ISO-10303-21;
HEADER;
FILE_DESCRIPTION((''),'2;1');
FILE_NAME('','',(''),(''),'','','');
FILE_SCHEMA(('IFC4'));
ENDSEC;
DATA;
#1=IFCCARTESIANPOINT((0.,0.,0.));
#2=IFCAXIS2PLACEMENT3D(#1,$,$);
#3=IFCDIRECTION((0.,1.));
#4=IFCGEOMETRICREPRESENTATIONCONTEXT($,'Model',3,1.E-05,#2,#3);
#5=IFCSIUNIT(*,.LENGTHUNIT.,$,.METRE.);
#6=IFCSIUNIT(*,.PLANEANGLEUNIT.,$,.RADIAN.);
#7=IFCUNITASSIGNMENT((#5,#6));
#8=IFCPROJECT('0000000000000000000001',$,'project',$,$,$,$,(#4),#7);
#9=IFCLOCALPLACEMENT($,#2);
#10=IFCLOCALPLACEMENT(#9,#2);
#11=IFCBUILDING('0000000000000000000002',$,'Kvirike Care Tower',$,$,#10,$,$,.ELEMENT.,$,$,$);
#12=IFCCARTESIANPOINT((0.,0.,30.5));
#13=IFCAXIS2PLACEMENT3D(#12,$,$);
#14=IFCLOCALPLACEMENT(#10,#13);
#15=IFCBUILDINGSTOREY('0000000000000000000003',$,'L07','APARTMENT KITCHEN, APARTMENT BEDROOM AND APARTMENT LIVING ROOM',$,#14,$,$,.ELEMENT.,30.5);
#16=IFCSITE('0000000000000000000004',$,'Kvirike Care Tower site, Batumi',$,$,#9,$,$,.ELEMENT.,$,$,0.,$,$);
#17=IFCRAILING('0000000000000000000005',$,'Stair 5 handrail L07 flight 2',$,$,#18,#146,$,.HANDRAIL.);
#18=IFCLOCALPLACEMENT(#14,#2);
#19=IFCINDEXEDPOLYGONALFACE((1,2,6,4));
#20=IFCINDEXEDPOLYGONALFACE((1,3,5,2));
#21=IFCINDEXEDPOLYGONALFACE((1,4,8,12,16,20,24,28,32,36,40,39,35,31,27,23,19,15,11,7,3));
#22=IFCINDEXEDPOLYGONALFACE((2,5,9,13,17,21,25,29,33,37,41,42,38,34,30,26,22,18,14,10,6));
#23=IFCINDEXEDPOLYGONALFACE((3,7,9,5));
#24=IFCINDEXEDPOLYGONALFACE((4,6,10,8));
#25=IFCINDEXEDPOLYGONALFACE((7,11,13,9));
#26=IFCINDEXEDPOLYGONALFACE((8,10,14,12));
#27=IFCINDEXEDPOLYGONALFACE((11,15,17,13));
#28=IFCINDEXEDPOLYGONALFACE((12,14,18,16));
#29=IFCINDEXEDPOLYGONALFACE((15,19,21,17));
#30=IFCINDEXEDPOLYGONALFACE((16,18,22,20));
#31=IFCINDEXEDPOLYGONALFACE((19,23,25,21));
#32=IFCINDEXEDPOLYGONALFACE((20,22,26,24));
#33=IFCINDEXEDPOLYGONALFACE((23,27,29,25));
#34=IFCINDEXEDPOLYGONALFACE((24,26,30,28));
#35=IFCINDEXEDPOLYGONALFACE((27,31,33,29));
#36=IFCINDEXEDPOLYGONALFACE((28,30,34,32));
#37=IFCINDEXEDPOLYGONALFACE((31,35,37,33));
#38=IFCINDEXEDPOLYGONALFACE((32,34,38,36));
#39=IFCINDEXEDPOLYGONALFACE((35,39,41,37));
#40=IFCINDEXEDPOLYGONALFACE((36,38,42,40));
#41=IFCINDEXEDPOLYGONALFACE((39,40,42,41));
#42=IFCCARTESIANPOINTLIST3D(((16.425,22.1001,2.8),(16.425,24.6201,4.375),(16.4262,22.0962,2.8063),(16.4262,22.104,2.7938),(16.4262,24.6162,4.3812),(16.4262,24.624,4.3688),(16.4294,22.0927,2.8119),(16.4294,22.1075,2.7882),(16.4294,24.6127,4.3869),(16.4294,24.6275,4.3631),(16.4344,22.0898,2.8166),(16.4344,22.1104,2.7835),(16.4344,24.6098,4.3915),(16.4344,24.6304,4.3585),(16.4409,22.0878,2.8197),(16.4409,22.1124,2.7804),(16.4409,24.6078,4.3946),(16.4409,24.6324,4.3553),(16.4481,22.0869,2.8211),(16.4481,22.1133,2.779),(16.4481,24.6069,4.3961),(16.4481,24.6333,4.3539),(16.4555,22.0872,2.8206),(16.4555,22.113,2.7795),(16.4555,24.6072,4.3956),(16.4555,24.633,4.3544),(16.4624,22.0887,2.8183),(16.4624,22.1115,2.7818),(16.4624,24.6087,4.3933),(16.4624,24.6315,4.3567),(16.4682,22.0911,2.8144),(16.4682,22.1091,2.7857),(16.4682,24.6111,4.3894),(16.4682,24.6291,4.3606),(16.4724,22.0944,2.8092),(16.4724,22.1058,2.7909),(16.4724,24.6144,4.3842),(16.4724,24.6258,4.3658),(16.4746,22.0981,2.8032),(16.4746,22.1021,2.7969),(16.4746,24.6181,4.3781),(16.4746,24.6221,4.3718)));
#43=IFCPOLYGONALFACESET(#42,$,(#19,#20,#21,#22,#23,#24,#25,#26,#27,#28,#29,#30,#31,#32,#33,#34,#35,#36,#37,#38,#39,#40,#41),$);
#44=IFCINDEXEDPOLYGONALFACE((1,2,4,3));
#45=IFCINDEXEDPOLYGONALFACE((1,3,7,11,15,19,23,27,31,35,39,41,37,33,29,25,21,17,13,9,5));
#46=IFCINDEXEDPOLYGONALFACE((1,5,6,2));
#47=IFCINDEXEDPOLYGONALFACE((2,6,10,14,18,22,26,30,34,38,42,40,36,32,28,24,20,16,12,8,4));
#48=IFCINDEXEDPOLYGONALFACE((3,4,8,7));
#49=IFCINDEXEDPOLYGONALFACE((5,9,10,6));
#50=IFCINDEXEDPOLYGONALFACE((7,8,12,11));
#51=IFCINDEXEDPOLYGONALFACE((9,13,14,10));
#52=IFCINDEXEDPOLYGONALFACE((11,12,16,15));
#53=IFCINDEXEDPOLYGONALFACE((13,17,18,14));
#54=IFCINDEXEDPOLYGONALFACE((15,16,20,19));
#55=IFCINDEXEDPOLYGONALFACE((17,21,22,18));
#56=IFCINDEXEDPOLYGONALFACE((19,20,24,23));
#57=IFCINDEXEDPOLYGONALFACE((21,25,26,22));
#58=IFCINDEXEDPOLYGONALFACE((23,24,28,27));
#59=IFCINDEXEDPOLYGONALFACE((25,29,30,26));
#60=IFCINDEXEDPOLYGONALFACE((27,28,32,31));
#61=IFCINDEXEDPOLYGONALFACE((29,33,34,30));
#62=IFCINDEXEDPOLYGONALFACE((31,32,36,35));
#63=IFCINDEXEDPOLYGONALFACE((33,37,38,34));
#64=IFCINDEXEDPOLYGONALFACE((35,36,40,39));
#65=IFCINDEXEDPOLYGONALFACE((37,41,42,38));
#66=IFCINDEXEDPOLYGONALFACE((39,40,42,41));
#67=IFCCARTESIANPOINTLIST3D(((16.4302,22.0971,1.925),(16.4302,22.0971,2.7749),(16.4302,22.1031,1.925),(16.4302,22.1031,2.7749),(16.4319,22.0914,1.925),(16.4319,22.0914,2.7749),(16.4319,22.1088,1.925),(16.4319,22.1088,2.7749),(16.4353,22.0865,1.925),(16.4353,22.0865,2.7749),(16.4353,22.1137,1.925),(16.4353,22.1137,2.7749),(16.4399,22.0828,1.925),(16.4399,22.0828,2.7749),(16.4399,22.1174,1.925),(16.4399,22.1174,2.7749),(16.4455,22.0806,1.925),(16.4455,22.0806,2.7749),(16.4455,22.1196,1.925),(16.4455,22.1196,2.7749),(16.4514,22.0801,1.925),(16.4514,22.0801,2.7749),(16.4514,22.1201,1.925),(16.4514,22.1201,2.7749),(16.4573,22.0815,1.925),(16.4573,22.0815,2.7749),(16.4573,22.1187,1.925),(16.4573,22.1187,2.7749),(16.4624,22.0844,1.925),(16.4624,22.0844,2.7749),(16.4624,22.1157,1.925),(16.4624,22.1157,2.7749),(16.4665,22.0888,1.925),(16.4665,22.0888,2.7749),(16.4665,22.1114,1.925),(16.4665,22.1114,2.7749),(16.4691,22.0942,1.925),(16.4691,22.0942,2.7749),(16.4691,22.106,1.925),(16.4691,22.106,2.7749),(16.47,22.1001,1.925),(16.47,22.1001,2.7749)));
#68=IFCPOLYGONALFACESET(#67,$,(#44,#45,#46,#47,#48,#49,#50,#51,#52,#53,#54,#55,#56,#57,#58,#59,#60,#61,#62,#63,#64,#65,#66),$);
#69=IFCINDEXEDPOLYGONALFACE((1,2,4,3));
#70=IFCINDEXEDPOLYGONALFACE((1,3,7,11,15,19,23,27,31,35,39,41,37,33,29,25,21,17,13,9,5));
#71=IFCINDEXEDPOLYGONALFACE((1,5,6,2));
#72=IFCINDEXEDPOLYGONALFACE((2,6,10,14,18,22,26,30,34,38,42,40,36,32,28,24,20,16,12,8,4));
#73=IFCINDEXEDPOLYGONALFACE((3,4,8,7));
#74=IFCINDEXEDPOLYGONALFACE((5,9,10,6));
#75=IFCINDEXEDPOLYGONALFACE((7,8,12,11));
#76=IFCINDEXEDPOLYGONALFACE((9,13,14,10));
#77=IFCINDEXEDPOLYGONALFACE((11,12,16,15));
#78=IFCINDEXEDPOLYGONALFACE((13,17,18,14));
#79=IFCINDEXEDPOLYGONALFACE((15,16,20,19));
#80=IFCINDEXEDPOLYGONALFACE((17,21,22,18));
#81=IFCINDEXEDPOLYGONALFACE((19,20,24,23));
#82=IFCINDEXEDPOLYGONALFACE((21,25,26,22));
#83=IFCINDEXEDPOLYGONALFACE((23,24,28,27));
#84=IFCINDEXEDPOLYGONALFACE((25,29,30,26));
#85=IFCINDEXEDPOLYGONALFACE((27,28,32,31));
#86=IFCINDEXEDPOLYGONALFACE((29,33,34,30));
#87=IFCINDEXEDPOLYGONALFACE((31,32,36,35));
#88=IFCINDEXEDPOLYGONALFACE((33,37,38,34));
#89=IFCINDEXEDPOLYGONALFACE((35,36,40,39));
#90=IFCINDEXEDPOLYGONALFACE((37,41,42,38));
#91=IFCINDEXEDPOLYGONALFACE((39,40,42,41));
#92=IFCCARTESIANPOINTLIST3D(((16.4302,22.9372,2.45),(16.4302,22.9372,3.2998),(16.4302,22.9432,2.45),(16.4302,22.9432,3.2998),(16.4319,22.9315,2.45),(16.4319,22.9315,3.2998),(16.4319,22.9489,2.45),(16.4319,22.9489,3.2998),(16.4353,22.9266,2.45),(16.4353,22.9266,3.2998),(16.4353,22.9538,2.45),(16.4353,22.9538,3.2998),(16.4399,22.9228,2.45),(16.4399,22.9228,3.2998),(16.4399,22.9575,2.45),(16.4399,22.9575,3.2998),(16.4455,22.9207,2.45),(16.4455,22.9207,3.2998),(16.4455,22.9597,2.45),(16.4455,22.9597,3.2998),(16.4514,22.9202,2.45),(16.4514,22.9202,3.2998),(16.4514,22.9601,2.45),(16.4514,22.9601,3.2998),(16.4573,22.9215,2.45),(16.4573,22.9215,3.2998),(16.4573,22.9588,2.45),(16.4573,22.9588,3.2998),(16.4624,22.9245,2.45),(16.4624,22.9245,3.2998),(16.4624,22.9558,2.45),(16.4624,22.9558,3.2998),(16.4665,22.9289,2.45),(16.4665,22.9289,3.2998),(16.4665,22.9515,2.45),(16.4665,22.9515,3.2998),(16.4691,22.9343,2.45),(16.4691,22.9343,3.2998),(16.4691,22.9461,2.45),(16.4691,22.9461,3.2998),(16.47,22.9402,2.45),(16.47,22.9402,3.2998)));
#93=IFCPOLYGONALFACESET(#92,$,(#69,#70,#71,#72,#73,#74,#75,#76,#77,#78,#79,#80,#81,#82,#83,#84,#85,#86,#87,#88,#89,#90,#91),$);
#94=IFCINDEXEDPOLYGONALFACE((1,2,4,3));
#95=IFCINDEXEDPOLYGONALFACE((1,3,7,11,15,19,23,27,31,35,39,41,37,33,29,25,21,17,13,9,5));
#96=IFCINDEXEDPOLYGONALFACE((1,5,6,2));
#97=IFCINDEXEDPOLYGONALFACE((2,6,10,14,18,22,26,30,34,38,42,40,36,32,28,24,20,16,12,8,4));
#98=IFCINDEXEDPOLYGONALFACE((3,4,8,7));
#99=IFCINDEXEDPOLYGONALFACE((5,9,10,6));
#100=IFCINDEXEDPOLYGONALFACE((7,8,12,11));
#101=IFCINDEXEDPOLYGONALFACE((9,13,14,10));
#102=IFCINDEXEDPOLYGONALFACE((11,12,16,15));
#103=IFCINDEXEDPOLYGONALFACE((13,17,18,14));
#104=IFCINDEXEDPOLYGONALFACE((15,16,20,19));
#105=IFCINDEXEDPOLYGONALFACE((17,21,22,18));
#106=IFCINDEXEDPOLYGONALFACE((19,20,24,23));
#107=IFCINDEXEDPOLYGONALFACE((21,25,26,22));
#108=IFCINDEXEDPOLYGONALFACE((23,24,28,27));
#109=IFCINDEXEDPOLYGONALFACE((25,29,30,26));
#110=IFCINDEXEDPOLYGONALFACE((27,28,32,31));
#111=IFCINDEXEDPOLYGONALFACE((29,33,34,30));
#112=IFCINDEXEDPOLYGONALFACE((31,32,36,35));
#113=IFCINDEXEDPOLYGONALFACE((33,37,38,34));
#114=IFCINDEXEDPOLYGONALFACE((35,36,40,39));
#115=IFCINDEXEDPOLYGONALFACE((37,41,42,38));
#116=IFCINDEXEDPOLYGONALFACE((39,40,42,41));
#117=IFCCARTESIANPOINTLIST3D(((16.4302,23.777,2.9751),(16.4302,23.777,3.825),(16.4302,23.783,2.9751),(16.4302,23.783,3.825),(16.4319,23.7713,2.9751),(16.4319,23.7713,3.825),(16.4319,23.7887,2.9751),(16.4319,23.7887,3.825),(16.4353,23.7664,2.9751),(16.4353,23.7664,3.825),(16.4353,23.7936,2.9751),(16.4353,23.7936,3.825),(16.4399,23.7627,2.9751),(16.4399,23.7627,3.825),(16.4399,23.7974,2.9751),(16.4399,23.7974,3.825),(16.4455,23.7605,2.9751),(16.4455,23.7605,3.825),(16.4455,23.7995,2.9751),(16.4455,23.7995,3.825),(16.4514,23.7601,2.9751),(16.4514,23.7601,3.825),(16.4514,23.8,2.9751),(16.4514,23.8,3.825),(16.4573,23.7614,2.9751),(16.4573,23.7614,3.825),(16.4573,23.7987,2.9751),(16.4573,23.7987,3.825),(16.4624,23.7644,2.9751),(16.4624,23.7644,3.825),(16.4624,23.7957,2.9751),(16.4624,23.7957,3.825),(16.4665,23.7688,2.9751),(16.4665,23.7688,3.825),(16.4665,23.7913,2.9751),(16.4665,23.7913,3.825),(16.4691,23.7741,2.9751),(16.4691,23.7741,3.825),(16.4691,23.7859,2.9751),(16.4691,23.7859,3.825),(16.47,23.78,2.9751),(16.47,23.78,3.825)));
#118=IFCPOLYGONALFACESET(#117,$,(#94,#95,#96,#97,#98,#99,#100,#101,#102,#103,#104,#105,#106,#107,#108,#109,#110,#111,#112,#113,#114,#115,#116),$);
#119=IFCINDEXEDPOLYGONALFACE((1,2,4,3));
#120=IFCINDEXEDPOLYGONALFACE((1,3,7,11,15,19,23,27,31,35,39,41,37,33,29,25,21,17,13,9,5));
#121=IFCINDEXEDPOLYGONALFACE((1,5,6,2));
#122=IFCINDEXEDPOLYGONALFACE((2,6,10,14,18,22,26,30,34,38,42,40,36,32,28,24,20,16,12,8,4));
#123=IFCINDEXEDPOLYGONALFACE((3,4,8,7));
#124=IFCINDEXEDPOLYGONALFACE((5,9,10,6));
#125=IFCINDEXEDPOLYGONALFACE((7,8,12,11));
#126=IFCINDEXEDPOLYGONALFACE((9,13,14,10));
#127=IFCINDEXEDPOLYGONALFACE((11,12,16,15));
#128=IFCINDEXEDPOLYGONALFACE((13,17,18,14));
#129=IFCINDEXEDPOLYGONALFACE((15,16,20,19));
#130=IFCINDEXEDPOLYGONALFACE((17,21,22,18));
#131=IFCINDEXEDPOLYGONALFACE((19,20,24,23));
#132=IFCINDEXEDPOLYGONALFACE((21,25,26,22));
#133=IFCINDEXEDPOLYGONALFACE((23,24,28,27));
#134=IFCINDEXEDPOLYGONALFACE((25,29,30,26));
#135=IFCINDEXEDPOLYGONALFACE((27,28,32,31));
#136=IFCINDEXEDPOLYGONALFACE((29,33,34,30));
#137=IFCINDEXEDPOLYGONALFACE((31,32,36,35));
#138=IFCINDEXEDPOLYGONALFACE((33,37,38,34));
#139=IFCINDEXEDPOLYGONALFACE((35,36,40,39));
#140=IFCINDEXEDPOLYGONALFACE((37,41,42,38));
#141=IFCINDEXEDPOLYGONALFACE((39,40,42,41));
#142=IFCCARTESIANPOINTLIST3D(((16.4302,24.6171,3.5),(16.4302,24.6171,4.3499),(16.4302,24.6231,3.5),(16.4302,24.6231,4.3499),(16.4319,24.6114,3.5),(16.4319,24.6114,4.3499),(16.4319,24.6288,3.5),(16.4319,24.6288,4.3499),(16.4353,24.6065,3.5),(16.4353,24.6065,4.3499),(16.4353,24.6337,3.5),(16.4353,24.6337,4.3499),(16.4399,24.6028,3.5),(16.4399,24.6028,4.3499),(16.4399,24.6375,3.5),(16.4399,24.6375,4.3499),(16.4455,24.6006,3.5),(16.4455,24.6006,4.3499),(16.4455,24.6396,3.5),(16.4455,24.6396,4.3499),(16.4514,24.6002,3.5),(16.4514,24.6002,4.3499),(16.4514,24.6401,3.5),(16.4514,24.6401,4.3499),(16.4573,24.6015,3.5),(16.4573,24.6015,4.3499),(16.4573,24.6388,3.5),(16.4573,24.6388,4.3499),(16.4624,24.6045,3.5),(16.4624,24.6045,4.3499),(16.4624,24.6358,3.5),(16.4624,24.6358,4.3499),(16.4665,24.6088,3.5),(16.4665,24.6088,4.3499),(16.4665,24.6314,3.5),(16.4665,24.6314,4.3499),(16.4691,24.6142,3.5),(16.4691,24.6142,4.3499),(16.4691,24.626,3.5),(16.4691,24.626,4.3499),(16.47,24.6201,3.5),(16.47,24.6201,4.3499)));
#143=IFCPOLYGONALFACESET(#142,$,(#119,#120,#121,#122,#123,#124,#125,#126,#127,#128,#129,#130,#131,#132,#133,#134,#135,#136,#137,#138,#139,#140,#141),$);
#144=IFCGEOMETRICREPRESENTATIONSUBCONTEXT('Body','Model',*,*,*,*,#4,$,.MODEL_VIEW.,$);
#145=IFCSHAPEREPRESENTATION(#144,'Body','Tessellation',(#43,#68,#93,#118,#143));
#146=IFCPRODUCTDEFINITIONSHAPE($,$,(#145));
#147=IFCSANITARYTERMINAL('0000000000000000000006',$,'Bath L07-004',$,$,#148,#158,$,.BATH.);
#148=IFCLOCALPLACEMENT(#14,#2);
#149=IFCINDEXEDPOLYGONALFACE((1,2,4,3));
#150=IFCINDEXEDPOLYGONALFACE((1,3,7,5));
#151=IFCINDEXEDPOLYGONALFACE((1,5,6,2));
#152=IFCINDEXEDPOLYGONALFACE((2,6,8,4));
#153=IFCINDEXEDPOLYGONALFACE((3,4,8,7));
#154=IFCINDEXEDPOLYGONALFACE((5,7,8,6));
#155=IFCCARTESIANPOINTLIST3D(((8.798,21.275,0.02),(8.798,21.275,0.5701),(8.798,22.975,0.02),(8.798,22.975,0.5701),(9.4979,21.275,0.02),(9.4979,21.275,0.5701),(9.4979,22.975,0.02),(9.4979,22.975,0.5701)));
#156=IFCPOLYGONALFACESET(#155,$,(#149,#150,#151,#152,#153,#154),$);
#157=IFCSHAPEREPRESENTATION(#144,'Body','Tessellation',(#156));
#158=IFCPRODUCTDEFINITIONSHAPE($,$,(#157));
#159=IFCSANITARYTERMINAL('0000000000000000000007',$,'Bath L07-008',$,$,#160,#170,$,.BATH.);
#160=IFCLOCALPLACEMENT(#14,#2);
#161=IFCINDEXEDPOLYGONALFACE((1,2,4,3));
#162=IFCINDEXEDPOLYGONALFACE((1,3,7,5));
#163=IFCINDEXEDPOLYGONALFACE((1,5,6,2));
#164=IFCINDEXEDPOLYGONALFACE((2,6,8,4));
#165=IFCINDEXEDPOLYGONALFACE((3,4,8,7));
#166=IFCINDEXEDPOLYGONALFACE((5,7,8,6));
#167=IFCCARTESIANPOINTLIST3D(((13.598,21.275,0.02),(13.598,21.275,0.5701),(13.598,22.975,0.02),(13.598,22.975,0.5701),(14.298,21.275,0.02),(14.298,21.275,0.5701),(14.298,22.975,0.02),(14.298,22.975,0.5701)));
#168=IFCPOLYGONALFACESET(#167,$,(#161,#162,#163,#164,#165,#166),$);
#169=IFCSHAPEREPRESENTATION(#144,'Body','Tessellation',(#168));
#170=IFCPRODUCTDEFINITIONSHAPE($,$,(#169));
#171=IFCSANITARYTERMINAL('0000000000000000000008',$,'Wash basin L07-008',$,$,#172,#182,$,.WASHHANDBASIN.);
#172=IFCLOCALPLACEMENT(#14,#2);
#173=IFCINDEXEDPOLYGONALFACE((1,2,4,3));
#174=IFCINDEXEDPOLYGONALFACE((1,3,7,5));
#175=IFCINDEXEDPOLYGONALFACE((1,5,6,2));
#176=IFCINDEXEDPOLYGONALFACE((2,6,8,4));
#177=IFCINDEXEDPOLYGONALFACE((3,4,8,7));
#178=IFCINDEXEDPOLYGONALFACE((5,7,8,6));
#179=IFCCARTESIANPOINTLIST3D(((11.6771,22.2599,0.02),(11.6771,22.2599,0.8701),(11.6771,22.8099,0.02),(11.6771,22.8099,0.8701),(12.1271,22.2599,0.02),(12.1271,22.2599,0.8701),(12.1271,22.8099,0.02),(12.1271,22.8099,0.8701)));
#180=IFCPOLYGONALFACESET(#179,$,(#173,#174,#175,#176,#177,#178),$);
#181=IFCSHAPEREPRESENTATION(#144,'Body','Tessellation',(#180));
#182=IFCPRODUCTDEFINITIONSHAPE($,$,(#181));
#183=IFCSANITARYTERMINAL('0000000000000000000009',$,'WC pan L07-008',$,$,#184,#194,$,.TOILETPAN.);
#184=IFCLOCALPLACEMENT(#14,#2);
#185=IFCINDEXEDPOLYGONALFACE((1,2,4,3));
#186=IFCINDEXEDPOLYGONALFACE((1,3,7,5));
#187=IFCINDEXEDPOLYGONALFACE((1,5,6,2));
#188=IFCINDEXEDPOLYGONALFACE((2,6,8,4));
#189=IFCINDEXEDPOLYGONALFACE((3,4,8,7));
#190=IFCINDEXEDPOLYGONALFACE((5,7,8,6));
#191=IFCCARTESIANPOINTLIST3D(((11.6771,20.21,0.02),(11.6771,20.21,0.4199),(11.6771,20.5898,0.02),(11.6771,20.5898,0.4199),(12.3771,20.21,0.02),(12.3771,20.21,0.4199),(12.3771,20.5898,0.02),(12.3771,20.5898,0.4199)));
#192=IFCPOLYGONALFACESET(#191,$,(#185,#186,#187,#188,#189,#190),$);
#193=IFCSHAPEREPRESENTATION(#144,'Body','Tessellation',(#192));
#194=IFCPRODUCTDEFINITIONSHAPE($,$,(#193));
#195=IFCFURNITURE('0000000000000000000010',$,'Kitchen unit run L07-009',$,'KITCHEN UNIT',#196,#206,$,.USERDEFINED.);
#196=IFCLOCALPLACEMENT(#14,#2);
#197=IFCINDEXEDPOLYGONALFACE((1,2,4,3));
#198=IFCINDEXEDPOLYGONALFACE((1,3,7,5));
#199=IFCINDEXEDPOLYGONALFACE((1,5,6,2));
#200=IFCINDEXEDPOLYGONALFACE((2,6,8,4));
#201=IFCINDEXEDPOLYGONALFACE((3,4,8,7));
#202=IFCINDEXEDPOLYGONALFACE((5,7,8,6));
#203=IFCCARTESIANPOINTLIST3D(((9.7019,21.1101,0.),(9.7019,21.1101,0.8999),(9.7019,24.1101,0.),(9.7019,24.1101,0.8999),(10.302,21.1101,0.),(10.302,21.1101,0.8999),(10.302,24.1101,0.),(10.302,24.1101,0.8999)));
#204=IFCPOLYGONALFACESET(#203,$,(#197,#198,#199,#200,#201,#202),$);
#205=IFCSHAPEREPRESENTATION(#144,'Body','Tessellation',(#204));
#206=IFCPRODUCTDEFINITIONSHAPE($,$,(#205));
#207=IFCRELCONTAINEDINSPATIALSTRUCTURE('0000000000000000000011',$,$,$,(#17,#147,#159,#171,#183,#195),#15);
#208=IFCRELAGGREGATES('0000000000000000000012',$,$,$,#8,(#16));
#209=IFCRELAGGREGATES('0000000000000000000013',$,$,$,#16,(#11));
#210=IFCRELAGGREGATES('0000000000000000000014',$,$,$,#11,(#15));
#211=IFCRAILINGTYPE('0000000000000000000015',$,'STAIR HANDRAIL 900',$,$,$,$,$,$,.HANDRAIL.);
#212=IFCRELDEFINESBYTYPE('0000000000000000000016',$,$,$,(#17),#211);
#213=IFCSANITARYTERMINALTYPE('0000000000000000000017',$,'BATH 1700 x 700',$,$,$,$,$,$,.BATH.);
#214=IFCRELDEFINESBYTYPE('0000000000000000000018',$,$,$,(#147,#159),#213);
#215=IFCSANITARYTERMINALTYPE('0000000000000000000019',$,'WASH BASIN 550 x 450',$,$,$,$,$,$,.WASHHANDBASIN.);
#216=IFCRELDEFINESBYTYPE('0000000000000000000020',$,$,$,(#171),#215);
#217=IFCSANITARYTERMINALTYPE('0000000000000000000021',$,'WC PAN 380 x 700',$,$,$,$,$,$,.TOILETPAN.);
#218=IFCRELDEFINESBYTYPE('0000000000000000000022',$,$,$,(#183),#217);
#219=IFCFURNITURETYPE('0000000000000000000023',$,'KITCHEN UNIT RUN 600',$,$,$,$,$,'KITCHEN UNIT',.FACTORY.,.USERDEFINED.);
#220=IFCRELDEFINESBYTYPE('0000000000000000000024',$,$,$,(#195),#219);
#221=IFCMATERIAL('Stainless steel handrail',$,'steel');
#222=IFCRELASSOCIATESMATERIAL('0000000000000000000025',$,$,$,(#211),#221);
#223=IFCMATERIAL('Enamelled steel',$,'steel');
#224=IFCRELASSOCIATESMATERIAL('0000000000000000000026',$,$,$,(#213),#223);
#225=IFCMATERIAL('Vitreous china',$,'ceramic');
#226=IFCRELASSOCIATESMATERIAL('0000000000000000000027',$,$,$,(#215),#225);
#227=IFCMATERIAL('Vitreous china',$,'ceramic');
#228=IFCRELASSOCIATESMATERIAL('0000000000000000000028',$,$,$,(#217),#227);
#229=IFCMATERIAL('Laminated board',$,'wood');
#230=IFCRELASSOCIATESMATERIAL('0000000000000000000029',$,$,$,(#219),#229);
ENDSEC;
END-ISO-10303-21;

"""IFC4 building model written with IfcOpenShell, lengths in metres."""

from ifc_helpers import new_model, si_unit, direction, frame, origin, origin_2d, place, context, subcontext, project, spatial, rectangle, circle, extrude, material, type_object, element, save


model = new_model("IFC4")

# Units and contexts
model_context = context("Model", 3, precision=1e-05, world=origin(), true_north=direction((0.0, 1.0)))
body_context = subcontext(model_context, "Body", "Model", "MODEL_VIEW")
ifc_project = project(units=[si_unit("LENGTHUNIT", "METRE"), si_unit("PLANEANGLEUNIT", "RADIAN")], contexts=[model_context])

# Site, building, storey
site_placement = place(None, origin())
site = spatial("IfcSite", under=ifc_project, at=site_placement, Name="Kvirike Care Tower site, Batumi", CompositionType="ELEMENT", RefElevation=0.0)
building_placement = place(site_placement, origin())
building = spatial("IfcBuilding", under=site, at=building_placement, Name="Kvirike Care Tower", CompositionType="ELEMENT")
storey_placement = place(building_placement, frame((0.0, 0.0, 30.5)))
storey = spatial("IfcBuildingStorey", under=building, at=storey_placement, Name="L07", Description="APARTMENT KITCHEN, APARTMENT BEDROOM AND APARTMENT LIVING ROOM", CompositionType="ELEMENT", Elevation=30.5)

# Railing
ifc_material_1 = material(Name="Stainless steel handrail", Category="steel")
railing_type = type_object("IfcRailingType", Name="STAIR HANDRAIL 900", PredefinedType="HANDRAIL", material=ifc_material_1)
railing_placement = place(storey_placement, frame((16.45, 22.1001, 1.925)))
element("IfcRailing", 1, at=railing_placement, inside=storey, type_object=railing_type, Name="Stair 5 handrail L07 flight 2", PredefinedType="HANDRAIL", context=body_context, shape_type="SweptSolid", body=[
    extrude(circle(Radius=0.0249, at=origin_2d()), frame((0.0, 0.0, 0.875), z_axis=(0.0, 0.848008, 0.529984), x_axis=(-1.0, 0.0, 0.0)), (0.0, 0.0, 1.0), 2.9717),
    extrude(circle(Radius=0.02, at=origin_2d()), origin(), (0.0, 0.0, 1.0), 0.8499),
    extrude(circle(Radius=0.02, at=origin_2d()), frame((0.0, 0.8401, 0.5249)), (0.0, 0.0, 1.0), 0.8499),
    extrude(circle(Radius=0.02, at=origin_2d()), frame((0.0, 1.6799, 1.05)), (0.0, 0.0, 1.0), 0.8499),
    extrude(circle(Radius=0.02, at=origin_2d()), frame((0.0, 2.52, 1.575)), (0.0, 0.0, 1.0), 0.8499),
])

# Sanitary terminals
ifc_material_2 = material(Name="Enamelled steel", Category="steel")
sanitary_terminal_type_1 = type_object("IfcSanitaryTerminalType", Name="BATH 1700 x 700", PredefinedType="BATH", material=ifc_material_2)
for number, where, z_axis, x_axis, name in (
    (2, (9.1479, 22.125, 0.02), (0.0, 0.0, 1.0), (0.0, -1.0, 0.0), "Bath L07-004"),
    (3, (13.948, 22.125, 0.02), (0.0, 0.0, 1.0), (0.0, -1.0, 0.0), "Bath L07-008"),
):
    element("IfcSanitaryTerminal", number, at=place(storey_placement, frame(where, z_axis=z_axis, x_axis=x_axis)), inside=storey, type_object=sanitary_terminal_type_1, Name=name, PredefinedType="BATH", context=body_context, shape_type="SweptSolid", body=[
        extrude(rectangle(XDim=1.7, YDim=0.7, at=origin_2d()), origin(), (0.0, 0.0, 1.0), 0.55),
    ])
ifc_material_3 = material(Name="Vitreous china", Category="ceramic")
sanitary_terminal_type_2 = type_object("IfcSanitaryTerminalType", Name="WASH BASIN 550 x 450", PredefinedType="WASHHANDBASIN", material=ifc_material_3)
sanitary_terminal_1_placement = place(storey_placement, frame((11.9021, 22.5349, 0.02), z_axis=(0.0, 0.0, 1.0), x_axis=(0.0, 1.0, 0.0)))
element("IfcSanitaryTerminal", 4, at=sanitary_terminal_1_placement, inside=storey, type_object=sanitary_terminal_type_2, Name="Wash basin L07-008", PredefinedType="WASHHANDBASIN", context=body_context, shape_type="SweptSolid", body=[
    extrude(rectangle(XDim=0.55, YDim=0.45, at=origin_2d()), origin(), (0.0, 0.0, 1.0), 0.8501),
])
ifc_material_4 = material(Name="Vitreous china", Category="ceramic")
sanitary_terminal_type_3 = type_object("IfcSanitaryTerminalType", Name="WC PAN 380 x 700", PredefinedType="TOILETPAN", material=ifc_material_4)
sanitary_terminal_2_placement = place(storey_placement, frame((12.0271, 20.3999, 0.02), z_axis=(0.0, 0.0, 1.0), x_axis=(0.0, 1.0, 0.0)))
element("IfcSanitaryTerminal", 5, at=sanitary_terminal_2_placement, inside=storey, type_object=sanitary_terminal_type_3, Name="WC pan L07-008", PredefinedType="TOILETPAN", context=body_context, shape_type="SweptSolid", body=[
    extrude(rectangle(XDim=0.3799, YDim=0.7, at=origin_2d()), origin(), (0.0, 0.0, 1.0), 0.3999),
])

# Furniture
ifc_material_5 = material(Name="Laminated board", Category="wood")
furniture_type = type_object("IfcFurnitureType", Name="KITCHEN UNIT RUN 600", ElementType="KITCHEN UNIT", AssemblyPlace="FACTORY", PredefinedType="USERDEFINED", material=ifc_material_5)
furniture_placement = place(storey_placement, frame((10.002, 22.6101, 0.0), z_axis=(0.0, 0.0, 1.0), x_axis=(0.0, 1.0, 0.0)))
element("IfcFurniture", 6, at=furniture_placement, inside=storey, type_object=furniture_type, Name="Kitchen unit run L07-009", ObjectType="KITCHEN UNIT", PredefinedType="USERDEFINED", context=body_context, shape_type="SweptSolid", body=[
    extrude(rectangle(XDim=3.0, YDim=0.6001, at=origin_2d()), origin(), (0.0, 0.0, 1.0), 0.8999),
])

save(model, "model.ifc")
